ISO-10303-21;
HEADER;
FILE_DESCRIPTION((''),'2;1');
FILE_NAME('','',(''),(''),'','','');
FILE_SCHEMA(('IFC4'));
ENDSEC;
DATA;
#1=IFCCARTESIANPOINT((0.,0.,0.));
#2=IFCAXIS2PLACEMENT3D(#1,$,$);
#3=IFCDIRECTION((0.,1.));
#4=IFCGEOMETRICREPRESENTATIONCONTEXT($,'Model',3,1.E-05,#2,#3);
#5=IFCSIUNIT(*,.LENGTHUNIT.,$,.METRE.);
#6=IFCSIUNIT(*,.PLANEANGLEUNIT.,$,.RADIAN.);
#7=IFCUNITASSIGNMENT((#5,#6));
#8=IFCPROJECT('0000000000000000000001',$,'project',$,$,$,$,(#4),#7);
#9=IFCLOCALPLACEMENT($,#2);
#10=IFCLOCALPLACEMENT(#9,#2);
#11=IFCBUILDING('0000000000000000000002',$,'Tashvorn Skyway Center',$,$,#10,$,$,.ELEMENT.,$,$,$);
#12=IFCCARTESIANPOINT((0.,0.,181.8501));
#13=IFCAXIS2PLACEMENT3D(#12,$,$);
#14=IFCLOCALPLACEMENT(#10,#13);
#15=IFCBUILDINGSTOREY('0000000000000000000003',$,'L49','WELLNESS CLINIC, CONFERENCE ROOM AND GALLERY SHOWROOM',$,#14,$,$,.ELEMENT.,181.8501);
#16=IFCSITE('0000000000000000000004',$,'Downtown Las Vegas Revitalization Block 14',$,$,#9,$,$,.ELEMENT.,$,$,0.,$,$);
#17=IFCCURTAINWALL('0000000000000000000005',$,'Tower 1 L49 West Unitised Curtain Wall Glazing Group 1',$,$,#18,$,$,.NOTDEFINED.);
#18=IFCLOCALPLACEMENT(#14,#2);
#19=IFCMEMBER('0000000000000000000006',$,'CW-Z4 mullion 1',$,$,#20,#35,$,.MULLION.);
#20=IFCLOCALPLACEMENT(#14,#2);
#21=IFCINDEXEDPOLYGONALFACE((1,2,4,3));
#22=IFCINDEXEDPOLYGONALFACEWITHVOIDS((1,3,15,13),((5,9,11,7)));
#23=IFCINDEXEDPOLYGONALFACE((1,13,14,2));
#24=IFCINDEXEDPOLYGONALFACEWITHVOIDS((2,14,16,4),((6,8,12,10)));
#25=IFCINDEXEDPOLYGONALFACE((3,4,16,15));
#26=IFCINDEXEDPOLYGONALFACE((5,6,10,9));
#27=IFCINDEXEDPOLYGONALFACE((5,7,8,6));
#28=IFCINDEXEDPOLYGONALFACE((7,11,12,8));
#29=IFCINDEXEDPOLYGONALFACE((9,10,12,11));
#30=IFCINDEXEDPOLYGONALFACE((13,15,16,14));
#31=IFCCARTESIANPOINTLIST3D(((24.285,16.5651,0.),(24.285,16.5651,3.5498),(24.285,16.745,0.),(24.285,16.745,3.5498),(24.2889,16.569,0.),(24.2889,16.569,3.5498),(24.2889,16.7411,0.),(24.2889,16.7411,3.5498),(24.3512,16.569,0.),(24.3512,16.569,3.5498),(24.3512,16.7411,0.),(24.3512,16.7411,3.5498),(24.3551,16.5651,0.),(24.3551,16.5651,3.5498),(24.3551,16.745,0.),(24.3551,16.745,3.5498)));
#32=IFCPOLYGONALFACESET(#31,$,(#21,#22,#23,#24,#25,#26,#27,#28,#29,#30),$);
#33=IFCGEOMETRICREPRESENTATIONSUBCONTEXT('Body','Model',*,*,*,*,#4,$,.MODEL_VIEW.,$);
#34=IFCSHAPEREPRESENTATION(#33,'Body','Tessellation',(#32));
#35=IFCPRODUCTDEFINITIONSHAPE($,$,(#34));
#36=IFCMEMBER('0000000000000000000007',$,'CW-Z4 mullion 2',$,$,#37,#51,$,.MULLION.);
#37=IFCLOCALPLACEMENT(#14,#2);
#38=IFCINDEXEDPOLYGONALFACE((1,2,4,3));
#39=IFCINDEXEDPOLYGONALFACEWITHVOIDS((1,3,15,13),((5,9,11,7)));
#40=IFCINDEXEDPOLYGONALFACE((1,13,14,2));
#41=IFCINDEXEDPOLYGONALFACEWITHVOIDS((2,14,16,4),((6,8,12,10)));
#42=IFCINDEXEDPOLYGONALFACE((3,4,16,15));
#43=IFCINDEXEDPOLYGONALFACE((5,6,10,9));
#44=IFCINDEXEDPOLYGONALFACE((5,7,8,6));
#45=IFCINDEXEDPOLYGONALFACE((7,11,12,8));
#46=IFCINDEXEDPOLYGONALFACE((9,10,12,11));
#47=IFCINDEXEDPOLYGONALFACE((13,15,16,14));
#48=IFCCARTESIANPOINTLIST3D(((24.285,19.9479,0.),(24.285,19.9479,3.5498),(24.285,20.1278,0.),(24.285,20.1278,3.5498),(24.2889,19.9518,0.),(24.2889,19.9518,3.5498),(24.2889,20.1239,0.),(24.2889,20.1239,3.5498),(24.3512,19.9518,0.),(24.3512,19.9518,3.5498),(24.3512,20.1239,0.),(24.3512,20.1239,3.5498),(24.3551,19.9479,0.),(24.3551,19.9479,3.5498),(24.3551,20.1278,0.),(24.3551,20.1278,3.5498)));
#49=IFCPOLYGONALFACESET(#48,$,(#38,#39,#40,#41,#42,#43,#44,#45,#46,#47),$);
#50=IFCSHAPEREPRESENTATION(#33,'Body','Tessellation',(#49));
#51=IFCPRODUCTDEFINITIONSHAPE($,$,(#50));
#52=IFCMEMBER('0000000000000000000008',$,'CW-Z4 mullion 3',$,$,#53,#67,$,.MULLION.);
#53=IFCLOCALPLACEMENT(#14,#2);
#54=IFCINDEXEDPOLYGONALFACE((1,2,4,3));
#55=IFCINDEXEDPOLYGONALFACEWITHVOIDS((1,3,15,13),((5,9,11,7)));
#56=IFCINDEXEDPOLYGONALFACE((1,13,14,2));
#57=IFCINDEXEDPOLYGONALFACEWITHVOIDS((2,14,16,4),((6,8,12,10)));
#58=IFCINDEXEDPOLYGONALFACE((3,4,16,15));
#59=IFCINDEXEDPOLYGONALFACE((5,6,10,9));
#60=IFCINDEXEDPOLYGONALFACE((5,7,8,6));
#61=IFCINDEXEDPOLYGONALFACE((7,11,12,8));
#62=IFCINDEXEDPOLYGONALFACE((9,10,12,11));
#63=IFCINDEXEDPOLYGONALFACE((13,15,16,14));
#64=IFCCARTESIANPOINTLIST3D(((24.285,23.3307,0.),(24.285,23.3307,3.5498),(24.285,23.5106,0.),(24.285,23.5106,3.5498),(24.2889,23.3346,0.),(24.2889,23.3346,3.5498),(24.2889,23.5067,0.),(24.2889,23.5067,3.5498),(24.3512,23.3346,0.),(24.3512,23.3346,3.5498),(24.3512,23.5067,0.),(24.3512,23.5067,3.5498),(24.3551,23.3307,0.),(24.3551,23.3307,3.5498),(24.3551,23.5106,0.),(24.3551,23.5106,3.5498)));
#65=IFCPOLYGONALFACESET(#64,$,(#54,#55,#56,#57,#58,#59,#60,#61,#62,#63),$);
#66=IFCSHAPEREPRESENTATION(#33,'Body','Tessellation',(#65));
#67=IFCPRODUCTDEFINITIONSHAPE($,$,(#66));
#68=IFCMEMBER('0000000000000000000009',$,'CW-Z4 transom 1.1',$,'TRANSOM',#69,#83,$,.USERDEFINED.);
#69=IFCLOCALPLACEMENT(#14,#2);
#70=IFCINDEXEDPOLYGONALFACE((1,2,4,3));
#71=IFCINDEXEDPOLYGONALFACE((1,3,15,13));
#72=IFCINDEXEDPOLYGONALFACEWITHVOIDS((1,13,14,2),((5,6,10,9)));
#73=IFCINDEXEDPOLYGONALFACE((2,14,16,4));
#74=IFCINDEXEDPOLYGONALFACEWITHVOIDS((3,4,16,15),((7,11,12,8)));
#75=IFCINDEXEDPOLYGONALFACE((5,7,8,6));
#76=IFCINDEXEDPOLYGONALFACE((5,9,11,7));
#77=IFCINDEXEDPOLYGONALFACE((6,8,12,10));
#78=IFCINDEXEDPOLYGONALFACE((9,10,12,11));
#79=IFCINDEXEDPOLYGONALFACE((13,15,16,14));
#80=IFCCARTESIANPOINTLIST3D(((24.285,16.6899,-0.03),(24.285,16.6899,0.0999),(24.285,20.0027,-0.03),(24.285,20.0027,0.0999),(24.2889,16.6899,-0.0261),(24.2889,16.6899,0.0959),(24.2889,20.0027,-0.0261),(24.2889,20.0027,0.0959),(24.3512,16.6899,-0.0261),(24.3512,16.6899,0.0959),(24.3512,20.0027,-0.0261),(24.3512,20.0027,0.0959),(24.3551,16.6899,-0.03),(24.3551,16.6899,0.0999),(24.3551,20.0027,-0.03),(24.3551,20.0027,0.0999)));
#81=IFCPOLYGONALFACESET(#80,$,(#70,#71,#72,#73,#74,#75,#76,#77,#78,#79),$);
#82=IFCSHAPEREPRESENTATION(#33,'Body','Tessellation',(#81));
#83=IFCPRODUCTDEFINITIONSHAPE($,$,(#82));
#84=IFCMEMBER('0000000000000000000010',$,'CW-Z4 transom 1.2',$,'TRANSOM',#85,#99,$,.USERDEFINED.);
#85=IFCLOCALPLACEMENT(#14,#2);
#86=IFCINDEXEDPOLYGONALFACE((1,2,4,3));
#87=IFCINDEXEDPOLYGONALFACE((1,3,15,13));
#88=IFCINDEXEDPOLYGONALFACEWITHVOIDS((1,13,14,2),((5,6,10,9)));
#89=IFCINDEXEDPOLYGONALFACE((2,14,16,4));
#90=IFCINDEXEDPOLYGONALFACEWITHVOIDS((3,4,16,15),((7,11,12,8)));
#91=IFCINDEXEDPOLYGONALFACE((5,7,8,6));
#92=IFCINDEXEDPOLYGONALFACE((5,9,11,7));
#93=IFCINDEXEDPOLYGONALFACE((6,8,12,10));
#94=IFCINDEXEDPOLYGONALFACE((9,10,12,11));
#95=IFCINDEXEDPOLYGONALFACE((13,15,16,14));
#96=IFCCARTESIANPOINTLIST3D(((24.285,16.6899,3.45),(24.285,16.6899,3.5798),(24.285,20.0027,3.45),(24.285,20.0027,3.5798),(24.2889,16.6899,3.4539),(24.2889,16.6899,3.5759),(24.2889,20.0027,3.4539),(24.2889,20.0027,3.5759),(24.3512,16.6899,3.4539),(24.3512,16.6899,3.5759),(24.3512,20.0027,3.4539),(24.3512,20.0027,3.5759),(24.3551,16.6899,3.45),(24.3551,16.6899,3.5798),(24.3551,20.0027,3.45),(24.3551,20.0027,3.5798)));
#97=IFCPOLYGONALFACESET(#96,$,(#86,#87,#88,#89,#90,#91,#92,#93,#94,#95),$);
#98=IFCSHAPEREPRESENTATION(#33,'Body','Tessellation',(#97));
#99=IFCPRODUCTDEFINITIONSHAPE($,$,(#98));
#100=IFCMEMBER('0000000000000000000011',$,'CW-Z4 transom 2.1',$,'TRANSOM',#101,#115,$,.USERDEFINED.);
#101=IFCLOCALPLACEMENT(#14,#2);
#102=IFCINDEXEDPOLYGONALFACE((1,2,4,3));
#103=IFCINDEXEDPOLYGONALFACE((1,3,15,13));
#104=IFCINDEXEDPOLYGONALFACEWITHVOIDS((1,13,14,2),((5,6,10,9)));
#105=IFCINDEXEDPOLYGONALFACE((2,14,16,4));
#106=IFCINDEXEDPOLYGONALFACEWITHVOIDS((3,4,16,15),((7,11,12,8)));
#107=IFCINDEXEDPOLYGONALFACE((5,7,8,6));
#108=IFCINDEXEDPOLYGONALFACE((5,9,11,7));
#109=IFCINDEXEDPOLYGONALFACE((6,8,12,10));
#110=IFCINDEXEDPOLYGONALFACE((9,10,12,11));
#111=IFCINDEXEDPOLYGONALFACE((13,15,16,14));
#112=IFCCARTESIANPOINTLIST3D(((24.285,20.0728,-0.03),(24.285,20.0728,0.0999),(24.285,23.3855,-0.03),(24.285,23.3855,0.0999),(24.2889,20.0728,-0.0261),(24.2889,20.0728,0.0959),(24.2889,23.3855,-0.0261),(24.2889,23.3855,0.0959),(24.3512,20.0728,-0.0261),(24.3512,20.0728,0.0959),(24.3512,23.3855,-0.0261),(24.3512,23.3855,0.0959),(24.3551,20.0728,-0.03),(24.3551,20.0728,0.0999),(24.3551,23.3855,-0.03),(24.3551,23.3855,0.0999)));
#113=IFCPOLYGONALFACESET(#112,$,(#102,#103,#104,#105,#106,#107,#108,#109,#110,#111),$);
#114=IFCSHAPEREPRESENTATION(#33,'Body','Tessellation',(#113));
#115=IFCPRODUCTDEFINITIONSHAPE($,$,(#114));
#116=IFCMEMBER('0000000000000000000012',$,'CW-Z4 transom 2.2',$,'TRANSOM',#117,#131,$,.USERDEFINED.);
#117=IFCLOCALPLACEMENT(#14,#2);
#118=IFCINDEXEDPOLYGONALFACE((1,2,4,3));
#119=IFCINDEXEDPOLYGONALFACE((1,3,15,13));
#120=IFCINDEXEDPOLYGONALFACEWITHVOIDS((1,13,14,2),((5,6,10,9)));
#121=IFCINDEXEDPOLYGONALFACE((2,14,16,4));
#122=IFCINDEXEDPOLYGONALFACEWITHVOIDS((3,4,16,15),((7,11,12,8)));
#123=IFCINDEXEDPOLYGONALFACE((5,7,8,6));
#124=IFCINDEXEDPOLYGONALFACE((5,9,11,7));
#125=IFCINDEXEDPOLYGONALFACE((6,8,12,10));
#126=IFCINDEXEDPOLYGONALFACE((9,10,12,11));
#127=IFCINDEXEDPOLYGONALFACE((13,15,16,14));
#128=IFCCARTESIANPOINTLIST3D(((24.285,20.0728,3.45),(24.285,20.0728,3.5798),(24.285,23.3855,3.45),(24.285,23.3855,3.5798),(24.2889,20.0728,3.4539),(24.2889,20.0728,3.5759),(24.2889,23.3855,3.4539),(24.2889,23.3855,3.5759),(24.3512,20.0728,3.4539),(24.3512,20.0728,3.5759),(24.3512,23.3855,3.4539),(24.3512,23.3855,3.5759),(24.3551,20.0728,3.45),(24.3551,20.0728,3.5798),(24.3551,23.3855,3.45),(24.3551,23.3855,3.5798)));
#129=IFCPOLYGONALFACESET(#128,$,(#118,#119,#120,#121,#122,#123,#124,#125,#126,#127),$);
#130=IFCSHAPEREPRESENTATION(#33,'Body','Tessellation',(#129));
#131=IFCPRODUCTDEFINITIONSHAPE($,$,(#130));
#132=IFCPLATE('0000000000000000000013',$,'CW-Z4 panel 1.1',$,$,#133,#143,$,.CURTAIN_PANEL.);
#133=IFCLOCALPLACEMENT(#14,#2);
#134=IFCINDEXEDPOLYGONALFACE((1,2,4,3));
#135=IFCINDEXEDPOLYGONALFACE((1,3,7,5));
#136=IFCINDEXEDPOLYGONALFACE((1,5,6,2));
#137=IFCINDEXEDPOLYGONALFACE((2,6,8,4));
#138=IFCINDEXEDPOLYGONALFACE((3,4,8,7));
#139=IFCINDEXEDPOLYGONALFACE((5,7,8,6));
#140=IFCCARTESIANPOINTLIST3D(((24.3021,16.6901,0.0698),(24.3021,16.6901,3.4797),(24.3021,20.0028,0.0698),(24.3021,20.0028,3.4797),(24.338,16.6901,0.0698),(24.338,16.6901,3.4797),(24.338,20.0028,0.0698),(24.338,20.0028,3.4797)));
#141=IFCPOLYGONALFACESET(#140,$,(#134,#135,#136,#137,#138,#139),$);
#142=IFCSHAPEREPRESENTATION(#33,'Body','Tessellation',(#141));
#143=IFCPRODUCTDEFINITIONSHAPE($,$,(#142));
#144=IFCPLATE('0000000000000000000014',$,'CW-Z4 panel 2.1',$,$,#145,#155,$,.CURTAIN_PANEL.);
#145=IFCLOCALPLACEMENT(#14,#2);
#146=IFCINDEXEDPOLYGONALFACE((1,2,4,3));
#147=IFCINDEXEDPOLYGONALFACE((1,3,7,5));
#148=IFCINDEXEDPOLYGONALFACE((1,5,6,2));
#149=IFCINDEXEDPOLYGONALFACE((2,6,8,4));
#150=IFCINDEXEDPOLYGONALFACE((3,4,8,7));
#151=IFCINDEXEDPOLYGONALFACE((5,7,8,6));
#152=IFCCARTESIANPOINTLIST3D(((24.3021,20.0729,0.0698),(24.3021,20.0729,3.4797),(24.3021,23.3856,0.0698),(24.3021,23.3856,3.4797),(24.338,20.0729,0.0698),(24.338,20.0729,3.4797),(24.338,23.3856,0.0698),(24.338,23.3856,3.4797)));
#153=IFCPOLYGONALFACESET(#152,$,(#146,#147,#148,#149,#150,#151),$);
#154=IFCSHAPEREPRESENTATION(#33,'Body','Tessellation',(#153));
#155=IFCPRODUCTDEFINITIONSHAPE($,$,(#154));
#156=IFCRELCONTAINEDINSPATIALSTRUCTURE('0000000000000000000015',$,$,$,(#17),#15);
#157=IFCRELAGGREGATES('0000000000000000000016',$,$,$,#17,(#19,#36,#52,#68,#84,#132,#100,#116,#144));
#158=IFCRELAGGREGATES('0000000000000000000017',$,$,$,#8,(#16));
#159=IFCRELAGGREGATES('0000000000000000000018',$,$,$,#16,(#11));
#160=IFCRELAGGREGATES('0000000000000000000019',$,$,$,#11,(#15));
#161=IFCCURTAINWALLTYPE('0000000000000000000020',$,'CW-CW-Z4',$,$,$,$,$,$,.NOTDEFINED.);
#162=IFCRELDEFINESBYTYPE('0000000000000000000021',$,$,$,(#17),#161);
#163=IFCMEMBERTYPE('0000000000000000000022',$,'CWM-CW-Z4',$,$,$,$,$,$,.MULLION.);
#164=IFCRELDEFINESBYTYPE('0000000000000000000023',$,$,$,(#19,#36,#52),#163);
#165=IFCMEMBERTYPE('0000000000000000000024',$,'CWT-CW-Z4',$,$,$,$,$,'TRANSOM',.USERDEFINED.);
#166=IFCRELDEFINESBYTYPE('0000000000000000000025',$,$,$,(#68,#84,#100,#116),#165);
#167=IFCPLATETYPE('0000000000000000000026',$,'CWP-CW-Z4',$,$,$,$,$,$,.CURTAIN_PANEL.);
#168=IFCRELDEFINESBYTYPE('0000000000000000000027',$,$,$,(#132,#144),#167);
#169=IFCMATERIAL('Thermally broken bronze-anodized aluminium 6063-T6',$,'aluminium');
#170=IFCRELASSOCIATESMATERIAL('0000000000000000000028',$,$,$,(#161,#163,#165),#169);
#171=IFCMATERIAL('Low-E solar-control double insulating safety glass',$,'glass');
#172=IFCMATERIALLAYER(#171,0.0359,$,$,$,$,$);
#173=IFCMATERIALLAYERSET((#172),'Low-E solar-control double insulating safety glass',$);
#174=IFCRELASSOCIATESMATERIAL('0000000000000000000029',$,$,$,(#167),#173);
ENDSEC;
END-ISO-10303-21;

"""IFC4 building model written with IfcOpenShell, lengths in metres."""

from ifc_helpers import new_model, si_unit, direction, frame, origin, origin_2d, place, context, subcontext, project, spatial, rectangle, hollow_rectangle, extrude, material, layer, layer_set, material_profile, profile_set, type_object, element, aggregate, save


model = new_model("IFC4")

# Units and contexts
model_context = context("Model", 3, precision=1e-05, world=origin(), true_north=direction((0.0, 1.0)))
body_context = subcontext(model_context, "Body", "Model", "MODEL_VIEW")
ifc_project = project(units=[si_unit("LENGTHUNIT", "METRE"), si_unit("PLANEANGLEUNIT", "RADIAN")], contexts=[model_context])

# Site, building, storey
site_placement = place(None, origin())
site = spatial("IfcSite", under=ifc_project, at=site_placement, Name="Downtown Las Vegas Revitalization Block 14", CompositionType="ELEMENT", RefElevation=0.0)
building_placement = place(site_placement, origin())
building = spatial("IfcBuilding", under=site, at=building_placement, Name="Tashvorn Skyway Center", CompositionType="ELEMENT")
storey_placement = place(building_placement, frame((0.0, 0.0, 181.8501)))
storey = spatial("IfcBuildingStorey", under=building, at=storey_placement, Name="L49", Description="WELLNESS CLINIC, CONFERENCE ROOM AND GALLERY SHOWROOM", CompositionType="ELEMENT", Elevation=181.8501)

# Curtain wall, members, plates
ifc_material_1 = material(Name="Thermally broken bronze-anodized aluminium 6063-T6", Category="aluminium")
curtain_wall_type = type_object("IfcCurtainWallType", Name="CW-CW-Z4", PredefinedType="NOTDEFINED", material=ifc_material_1)
curtain_wall_placement = place(storey_placement, origin())
curtain_wall = element("IfcCurtainWall", 1, at=curtain_wall_placement, inside=storey, type_object=curtain_wall_type, Name="Tower 1 L49 West Unitised Curtain Wall Glazing Group 1", PredefinedType="NOTDEFINED")
ifc_material_profile_1 = material_profile(ifc_material_1, hollow_rectangle(XDim=0.0701, YDim=0.1799, WallThickness=0.0039, at=origin_2d()), Name="ALU-MULL-70x180")
ifc_profile_set_1 = profile_set([ifc_material_profile_1], Name="Thermally broken bronze-anodized aluminium 6063-T6")
member_type_1 = type_object("IfcMemberType", Name="CWM-CW-Z4", PredefinedType="MULLION", material=ifc_profile_set_1)
member_1_placement = place(storey_placement, frame((24.3201, 16.655, 0.0), z_axis=(0.0, 0.0, 1.0), x_axis=(-1.0, 0.0, 0.0)))
member_1 = element("IfcMember", 2, at=member_1_placement, type_object=member_type_1, Name="CW-Z4 mullion 1", PredefinedType="MULLION", context=body_context, shape_type="SweptSolid", body=[
    extrude(hollow_rectangle(XDim=0.0701, YDim=0.1799, WallThickness=0.0039, at=origin_2d()), origin(), (0.0, 0.0, 1.0), 3.5498),
])
member_2_placement = place(storey_placement, frame((24.3201, 20.0378, 0.0), z_axis=(0.0, 0.0, 1.0), x_axis=(-1.0, 0.0, 0.0)))
member_2 = element("IfcMember", 3, at=member_2_placement, type_object=member_type_1, Name="CW-Z4 mullion 2", PredefinedType="MULLION", context=body_context, shape_type="SweptSolid", body=[
    extrude(hollow_rectangle(XDim=0.0701, YDim=0.1799, WallThickness=0.0039, at=origin_2d()), origin(), (0.0, 0.0, 1.0), 3.5498),
])
member_3_placement = place(storey_placement, frame((24.3201, 23.4207, 0.0), z_axis=(0.0, 0.0, 1.0), x_axis=(-1.0, 0.0, 0.0)))
member_3 = element("IfcMember", 4, at=member_3_placement, type_object=member_type_1, Name="CW-Z4 mullion 3", PredefinedType="MULLION", context=body_context, shape_type="SweptSolid", body=[
    extrude(hollow_rectangle(XDim=0.0701, YDim=0.1799, WallThickness=0.0039, at=origin_2d()), origin(), (0.0, 0.0, 1.0), 3.5498),
])
ifc_material_profile_2 = material_profile(ifc_material_1, hollow_rectangle(XDim=0.0701, YDim=0.1299, WallThickness=0.0039, at=origin_2d()), Name="ALU-TRAN-70x130")
ifc_profile_set_2 = profile_set([ifc_material_profile_2], Name="Thermally broken bronze-anodized aluminium 6063-T6")
member_type_2 = type_object("IfcMemberType", Name="CWT-CW-Z4", ElementType="TRANSOM", PredefinedType="USERDEFINED", material=ifc_profile_set_2)
member_4_placement = place(storey_placement, frame((24.3201, 16.6899, 0.0349), z_axis=(0.0, 1.0, 0.0), x_axis=(-1.0, 0.0, 0.0)))
member_4 = element("IfcMember", 5, at=member_4_placement, type_object=member_type_2, Name="CW-Z4 transom 1.1", ObjectType="TRANSOM", PredefinedType="USERDEFINED", context=body_context, shape_type="SweptSolid", body=[
    extrude(hollow_rectangle(XDim=0.0701, YDim=0.1299, WallThickness=0.0039, at=origin_2d()), origin(), (0.0, 0.0, 1.0), 3.3127),
])
member_5_placement = place(storey_placement, frame((24.3201, 16.6899, 3.5149), z_axis=(0.0, 1.0, 0.0), x_axis=(-1.0, 0.0, 0.0)))
member_5 = element("IfcMember", 6, at=member_5_placement, type_object=member_type_2, Name="CW-Z4 transom 1.2", ObjectType="TRANSOM", PredefinedType="USERDEFINED", context=body_context, shape_type="SweptSolid", body=[
    extrude(hollow_rectangle(XDim=0.0701, YDim=0.1299, WallThickness=0.0039, at=origin_2d()), origin(), (0.0, 0.0, 1.0), 3.3127),
])
member_6_placement = place(storey_placement, frame((24.3201, 20.0728, 0.0349), z_axis=(0.0, 1.0, 0.0), x_axis=(-1.0, 0.0, 0.0)))
member_6 = element("IfcMember", 7, at=member_6_placement, type_object=member_type_2, Name="CW-Z4 transom 2.1", ObjectType="TRANSOM", PredefinedType="USERDEFINED", context=body_context, shape_type="SweptSolid", body=[
    extrude(hollow_rectangle(XDim=0.0701, YDim=0.1299, WallThickness=0.0039, at=origin_2d()), origin(), (0.0, 0.0, 1.0), 3.3127),
])
member_7_placement = place(storey_placement, frame((24.3201, 20.0728, 3.5149), z_axis=(0.0, 1.0, 0.0), x_axis=(-1.0, 0.0, 0.0)))
member_7 = element("IfcMember", 8, at=member_7_placement, type_object=member_type_2, Name="CW-Z4 transom 2.2", ObjectType="TRANSOM", PredefinedType="USERDEFINED", context=body_context, shape_type="SweptSolid", body=[
    extrude(hollow_rectangle(XDim=0.0701, YDim=0.1299, WallThickness=0.0039, at=origin_2d()), origin(), (0.0, 0.0, 1.0), 3.3127),
])
ifc_material_2 = material(Name="Low-E solar-control double insulating safety glass", Category="glass")
ifc_layer_1 = layer(ifc_material_2, 0.0359)
ifc_layer_set_1 = layer_set([ifc_layer_1], Name="Low-E solar-control double insulating safety glass")
plate_type = type_object("IfcPlateType", Name="CWP-CW-Z4", PredefinedType="CURTAIN_PANEL", material=ifc_layer_set_1)
plate_1_placement = place(storey_placement, frame((24.3201, 18.3464, 0.0698), z_axis=(0.0, 0.0, 1.0), x_axis=(0.0, 1.0, 0.0)))
plate_1 = element("IfcPlate", 9, at=plate_1_placement, type_object=plate_type, Name="CW-Z4 panel 1.1", PredefinedType="CURTAIN_PANEL", context=body_context, shape_type="SweptSolid", body=[
    extrude(rectangle(XDim=3.3127, YDim=0.0359, at=origin_2d()), origin(), (0.0, 0.0, 1.0), 3.4099),
])
plate_2_placement = place(storey_placement, frame((24.3201, 21.7292, 0.0698), z_axis=(0.0, 0.0, 1.0), x_axis=(0.0, 1.0, 0.0)))
plate_2 = element("IfcPlate", 10, at=plate_2_placement, type_object=plate_type, Name="CW-Z4 panel 2.1", PredefinedType="CURTAIN_PANEL", context=body_context, shape_type="SweptSolid", body=[
    extrude(rectangle(XDim=3.3127, YDim=0.0359, at=origin_2d()), origin(), (0.0, 0.0, 1.0), 3.4099),
])
aggregate(curtain_wall, [member_1, member_2, member_3, member_4, member_5, plate_1, member_6, member_7, plate_2])

save(model, "model.ifc")
